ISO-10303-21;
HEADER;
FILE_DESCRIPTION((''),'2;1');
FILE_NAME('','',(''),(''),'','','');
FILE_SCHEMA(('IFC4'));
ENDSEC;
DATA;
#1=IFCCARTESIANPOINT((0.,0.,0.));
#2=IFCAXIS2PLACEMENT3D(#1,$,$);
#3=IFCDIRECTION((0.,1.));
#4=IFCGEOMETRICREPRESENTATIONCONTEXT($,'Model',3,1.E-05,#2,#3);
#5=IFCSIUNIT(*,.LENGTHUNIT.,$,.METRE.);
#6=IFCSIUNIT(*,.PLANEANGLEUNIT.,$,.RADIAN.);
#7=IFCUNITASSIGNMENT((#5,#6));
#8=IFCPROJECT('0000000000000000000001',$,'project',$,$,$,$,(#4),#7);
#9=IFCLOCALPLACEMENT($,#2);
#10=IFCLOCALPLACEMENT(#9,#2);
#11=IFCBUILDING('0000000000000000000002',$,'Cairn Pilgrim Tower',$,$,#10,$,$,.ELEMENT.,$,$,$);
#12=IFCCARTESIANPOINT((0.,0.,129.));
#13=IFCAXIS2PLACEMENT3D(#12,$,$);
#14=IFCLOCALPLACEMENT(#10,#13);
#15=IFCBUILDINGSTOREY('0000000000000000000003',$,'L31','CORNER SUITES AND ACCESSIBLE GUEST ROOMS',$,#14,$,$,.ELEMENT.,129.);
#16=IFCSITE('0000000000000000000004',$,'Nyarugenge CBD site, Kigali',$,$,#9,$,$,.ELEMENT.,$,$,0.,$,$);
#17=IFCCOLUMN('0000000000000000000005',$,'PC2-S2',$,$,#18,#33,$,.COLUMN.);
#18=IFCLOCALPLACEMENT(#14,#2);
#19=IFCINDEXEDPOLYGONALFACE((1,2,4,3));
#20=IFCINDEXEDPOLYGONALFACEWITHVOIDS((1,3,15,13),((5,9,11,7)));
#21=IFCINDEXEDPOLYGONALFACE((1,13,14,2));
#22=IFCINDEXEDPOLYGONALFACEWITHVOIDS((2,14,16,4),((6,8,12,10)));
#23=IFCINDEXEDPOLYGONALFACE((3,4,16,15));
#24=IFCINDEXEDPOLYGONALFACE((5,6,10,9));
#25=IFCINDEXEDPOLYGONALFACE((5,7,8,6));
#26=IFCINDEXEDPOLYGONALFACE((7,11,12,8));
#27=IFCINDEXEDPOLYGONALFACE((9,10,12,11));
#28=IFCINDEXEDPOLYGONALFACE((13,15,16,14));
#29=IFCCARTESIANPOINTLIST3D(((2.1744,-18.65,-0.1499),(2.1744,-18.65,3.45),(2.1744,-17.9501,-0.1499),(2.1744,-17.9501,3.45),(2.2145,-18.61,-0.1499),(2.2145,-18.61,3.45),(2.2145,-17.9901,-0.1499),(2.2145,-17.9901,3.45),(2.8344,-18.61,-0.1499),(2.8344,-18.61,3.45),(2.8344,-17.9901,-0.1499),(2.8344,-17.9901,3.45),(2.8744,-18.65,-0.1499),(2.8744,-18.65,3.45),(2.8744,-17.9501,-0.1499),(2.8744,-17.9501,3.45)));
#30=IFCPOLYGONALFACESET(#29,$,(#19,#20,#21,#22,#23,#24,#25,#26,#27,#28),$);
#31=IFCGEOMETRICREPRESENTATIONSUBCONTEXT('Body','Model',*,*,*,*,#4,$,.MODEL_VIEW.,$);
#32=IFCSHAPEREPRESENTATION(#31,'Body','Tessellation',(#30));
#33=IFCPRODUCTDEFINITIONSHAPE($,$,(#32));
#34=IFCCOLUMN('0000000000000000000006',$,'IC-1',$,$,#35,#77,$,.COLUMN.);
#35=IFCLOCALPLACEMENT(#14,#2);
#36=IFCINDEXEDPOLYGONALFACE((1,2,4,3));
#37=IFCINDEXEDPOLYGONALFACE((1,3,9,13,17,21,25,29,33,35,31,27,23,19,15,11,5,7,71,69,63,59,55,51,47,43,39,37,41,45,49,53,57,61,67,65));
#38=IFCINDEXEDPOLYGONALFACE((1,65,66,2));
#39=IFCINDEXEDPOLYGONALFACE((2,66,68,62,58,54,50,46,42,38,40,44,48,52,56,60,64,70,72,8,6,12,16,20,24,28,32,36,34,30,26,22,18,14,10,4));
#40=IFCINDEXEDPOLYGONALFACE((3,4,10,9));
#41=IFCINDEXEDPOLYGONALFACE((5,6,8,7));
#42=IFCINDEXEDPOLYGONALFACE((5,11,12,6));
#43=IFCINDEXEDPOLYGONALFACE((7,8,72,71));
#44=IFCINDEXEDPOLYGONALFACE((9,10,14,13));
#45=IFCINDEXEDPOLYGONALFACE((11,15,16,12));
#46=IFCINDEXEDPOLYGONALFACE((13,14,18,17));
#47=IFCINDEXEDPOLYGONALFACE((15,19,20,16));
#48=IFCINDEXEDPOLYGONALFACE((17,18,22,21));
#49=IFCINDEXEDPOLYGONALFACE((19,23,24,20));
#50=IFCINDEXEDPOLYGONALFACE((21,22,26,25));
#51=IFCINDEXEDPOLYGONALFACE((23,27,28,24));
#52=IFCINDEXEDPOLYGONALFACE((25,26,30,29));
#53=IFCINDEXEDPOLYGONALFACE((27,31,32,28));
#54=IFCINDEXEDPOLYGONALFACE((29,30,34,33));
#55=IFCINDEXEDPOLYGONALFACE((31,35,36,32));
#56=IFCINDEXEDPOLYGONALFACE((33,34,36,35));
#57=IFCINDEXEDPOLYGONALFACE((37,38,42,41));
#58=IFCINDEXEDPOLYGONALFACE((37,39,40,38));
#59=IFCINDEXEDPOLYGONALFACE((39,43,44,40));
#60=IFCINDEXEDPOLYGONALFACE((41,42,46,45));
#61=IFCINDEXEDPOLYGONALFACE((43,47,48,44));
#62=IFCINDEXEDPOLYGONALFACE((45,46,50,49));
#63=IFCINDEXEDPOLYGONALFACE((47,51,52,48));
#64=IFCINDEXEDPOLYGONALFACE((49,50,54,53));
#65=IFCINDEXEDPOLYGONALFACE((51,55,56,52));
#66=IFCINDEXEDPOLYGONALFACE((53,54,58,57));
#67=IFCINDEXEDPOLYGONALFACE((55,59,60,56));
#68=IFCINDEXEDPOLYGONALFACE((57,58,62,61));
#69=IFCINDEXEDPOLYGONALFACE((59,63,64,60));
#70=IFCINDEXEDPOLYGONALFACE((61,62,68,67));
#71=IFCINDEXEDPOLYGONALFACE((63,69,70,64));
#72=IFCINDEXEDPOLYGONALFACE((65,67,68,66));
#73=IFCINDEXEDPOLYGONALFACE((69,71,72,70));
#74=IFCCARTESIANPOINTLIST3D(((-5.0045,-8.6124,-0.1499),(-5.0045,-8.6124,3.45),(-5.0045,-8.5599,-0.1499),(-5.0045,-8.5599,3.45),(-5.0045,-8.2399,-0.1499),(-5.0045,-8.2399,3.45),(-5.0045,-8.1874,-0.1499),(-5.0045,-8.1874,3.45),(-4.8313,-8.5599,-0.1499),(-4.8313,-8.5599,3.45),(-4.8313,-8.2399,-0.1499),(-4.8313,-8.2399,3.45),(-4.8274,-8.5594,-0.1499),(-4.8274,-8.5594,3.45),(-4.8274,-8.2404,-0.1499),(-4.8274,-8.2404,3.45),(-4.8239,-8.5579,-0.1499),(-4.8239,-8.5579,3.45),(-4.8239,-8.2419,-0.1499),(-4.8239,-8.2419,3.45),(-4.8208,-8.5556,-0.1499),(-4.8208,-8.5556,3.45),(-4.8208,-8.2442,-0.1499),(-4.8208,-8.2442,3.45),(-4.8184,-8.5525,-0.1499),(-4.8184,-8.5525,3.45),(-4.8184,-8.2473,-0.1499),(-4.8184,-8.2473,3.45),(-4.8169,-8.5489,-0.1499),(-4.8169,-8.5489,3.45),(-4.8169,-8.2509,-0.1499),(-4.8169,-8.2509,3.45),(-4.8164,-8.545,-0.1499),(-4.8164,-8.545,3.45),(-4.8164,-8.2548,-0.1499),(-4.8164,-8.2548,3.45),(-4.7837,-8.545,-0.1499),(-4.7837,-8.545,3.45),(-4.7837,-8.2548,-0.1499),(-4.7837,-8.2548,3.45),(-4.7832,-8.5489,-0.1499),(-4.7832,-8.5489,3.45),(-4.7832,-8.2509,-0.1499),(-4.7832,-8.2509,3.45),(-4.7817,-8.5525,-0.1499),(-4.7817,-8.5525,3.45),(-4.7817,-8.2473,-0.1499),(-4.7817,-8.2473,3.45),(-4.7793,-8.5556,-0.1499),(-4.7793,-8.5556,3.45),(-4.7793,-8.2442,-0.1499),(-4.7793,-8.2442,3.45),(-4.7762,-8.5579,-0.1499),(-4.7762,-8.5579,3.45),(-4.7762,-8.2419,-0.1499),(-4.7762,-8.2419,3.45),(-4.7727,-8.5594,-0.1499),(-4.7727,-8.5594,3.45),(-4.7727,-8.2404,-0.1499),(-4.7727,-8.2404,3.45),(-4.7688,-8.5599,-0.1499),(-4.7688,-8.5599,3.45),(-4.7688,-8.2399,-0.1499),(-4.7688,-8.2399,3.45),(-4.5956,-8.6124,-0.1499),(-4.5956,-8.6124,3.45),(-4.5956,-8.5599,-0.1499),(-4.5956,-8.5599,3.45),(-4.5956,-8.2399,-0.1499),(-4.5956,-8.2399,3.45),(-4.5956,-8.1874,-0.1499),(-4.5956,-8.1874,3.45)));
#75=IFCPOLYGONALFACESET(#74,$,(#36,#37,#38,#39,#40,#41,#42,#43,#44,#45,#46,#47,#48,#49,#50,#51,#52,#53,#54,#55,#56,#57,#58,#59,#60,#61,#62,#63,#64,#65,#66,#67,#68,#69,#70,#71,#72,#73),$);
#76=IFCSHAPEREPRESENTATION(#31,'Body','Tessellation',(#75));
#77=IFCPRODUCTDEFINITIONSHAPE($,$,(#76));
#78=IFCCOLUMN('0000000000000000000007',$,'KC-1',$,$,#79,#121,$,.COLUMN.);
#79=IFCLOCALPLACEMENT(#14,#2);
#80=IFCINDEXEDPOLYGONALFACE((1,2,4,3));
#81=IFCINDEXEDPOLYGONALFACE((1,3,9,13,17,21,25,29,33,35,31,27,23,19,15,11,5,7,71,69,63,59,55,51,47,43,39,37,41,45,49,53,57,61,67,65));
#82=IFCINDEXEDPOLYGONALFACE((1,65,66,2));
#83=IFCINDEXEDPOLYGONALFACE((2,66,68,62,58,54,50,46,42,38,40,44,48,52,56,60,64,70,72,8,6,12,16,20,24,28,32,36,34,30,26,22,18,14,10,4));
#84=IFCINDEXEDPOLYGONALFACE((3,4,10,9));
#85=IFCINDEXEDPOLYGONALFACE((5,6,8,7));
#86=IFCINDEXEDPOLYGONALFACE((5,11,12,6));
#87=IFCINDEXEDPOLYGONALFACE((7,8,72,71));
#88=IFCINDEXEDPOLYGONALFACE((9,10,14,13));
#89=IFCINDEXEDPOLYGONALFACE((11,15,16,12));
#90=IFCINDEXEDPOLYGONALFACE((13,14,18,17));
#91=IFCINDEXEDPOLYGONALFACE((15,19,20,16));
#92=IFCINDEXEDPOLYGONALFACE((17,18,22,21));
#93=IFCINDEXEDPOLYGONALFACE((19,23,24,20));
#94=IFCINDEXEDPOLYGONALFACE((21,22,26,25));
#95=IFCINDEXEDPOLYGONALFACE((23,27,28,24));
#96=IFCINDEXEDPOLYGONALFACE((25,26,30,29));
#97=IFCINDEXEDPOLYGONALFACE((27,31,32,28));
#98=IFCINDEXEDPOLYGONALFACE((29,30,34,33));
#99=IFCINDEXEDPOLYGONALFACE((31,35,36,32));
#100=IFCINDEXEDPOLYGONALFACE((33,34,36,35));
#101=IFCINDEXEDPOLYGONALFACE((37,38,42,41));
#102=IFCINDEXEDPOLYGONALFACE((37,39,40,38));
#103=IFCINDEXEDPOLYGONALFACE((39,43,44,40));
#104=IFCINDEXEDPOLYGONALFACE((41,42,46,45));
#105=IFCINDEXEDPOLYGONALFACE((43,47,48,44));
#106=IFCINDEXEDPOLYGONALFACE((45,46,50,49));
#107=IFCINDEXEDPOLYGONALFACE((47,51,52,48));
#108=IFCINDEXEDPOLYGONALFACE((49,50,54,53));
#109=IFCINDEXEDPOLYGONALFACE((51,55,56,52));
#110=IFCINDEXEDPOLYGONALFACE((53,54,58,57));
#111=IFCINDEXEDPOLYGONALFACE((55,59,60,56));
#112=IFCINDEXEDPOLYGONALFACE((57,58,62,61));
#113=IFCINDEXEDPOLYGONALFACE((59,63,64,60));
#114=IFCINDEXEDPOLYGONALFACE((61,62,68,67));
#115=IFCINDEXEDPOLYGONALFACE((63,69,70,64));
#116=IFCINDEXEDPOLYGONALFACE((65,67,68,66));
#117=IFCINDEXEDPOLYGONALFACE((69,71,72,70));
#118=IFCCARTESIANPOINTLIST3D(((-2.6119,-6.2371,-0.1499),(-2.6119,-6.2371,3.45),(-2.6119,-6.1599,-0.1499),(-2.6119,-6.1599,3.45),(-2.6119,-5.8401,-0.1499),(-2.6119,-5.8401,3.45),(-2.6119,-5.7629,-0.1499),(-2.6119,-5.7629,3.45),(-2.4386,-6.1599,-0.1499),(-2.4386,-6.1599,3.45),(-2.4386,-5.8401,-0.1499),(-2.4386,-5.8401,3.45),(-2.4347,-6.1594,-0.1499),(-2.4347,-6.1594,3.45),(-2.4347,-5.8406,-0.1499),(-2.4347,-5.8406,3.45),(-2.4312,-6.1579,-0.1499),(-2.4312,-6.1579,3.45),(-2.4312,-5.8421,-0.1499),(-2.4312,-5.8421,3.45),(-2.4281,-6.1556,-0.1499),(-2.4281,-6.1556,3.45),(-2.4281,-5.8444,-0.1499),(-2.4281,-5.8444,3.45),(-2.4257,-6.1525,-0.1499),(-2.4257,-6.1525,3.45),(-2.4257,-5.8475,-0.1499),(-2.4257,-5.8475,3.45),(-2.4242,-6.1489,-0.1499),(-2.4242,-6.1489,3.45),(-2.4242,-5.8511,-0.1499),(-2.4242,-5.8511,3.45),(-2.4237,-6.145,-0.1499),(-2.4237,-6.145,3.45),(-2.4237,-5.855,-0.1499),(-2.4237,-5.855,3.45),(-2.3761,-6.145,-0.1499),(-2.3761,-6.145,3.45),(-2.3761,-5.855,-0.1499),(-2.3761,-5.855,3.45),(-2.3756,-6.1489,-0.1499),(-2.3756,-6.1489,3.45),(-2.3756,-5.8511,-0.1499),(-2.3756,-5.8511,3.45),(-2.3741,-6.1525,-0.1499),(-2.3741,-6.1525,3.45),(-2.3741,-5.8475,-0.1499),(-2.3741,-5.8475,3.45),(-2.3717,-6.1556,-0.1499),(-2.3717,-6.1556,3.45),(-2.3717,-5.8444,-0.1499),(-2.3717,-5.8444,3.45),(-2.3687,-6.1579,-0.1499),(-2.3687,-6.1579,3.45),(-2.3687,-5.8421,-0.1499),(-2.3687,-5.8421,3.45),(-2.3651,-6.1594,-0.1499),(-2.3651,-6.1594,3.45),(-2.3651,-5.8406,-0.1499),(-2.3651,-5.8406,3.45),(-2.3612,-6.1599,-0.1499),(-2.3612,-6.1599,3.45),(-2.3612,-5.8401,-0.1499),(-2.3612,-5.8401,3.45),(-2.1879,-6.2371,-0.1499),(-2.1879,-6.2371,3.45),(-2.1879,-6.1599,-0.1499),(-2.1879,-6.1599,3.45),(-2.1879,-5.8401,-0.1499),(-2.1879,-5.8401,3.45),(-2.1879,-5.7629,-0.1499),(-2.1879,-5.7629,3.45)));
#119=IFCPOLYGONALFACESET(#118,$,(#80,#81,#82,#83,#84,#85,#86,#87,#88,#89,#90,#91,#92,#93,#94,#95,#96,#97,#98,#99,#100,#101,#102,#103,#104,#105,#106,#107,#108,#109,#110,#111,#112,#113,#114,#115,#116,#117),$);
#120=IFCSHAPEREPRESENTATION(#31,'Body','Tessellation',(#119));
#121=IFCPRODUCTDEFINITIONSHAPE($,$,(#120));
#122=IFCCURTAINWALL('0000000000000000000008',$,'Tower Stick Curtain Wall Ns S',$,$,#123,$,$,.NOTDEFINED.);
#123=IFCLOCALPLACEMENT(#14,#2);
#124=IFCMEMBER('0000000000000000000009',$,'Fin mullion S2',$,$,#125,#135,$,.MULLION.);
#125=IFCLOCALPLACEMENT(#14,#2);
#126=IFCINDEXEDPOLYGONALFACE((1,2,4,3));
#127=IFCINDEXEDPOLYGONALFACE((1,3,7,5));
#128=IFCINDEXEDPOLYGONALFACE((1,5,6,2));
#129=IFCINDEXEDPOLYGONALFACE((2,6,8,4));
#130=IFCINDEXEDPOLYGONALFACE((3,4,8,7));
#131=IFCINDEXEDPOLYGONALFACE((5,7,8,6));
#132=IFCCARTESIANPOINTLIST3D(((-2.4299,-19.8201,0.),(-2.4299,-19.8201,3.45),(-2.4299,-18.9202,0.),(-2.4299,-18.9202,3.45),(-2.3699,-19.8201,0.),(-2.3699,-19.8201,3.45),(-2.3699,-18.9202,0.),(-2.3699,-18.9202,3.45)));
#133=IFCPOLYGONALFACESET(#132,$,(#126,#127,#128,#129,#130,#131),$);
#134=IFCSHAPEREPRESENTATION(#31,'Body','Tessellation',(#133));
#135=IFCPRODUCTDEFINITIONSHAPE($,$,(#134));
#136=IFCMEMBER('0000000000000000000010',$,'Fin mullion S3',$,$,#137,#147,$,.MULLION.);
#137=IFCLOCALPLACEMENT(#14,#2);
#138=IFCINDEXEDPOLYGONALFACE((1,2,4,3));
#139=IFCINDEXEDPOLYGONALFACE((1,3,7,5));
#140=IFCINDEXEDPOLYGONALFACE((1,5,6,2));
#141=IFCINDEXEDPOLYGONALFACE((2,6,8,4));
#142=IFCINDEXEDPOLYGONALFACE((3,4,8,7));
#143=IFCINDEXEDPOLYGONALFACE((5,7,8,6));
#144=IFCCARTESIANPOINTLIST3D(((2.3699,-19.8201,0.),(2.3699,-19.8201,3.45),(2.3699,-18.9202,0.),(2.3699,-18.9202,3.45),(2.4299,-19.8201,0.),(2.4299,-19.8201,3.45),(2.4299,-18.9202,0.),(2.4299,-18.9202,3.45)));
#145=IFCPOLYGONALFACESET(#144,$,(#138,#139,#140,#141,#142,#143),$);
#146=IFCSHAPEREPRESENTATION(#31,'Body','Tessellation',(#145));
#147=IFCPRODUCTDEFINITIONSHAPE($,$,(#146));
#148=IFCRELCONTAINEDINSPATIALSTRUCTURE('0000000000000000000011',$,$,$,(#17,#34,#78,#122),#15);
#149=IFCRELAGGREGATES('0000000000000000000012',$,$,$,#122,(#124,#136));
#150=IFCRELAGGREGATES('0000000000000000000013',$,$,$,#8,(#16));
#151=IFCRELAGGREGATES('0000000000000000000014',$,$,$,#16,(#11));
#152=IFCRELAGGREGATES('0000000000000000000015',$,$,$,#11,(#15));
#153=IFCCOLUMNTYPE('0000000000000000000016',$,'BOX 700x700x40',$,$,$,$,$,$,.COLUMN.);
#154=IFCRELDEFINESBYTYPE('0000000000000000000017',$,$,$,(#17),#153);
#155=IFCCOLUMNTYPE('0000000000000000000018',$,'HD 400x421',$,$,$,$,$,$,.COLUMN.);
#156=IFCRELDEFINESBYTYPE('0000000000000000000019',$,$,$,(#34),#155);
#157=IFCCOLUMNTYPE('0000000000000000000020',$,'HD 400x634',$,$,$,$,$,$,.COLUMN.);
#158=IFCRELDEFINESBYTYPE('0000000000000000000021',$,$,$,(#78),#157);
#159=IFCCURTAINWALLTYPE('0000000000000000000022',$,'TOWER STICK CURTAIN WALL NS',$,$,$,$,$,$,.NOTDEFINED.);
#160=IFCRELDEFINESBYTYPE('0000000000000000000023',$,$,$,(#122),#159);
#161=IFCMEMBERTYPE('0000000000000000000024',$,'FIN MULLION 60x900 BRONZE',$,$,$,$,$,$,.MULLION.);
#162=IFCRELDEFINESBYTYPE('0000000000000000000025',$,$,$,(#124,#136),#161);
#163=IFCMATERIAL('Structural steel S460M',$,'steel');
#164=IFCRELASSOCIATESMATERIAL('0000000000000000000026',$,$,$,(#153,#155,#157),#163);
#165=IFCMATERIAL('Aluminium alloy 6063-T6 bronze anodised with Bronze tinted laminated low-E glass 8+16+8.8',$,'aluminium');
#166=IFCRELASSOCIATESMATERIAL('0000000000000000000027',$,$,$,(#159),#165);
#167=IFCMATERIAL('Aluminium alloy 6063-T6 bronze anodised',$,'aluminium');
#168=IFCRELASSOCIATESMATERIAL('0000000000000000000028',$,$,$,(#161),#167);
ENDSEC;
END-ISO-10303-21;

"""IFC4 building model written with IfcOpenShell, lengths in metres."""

from ifc_helpers import new_model, si_unit, direction, frame, origin, origin_2d, place, context, subcontext, project, spatial, rectangle, hollow_rectangle, i_section, extrude, material, material_profile, profile_set, type_object, element, aggregate, save


model = new_model("IFC4")

# Units and contexts
model_context = context("Model", 3, precision=1e-05, world=origin(), true_north=direction((0.0, 1.0)))
body_context = subcontext(model_context, "Body", "Model", "MODEL_VIEW")
ifc_project = project(units=[si_unit("LENGTHUNIT", "METRE"), si_unit("PLANEANGLEUNIT", "RADIAN")], contexts=[model_context])

# Site, building, storey
site_placement = place(None, origin())
site = spatial("IfcSite", under=ifc_project, at=site_placement, Name="Nyarugenge CBD site, Kigali", CompositionType="ELEMENT", RefElevation=0.0)
building_placement = place(site_placement, origin())
building = spatial("IfcBuilding", under=site, at=building_placement, Name="Cairn Pilgrim Tower", CompositionType="ELEMENT")
storey_placement = place(building_placement, frame((0.0, 0.0, 129.0)))
storey = spatial("IfcBuildingStorey", under=building, at=storey_placement, Name="L31", Description="CORNER SUITES AND ACCESSIBLE GUEST ROOMS", CompositionType="ELEMENT", Elevation=129.0)

# Columns
ifc_material_1 = material(Name="Structural steel S460M", Category="steel")
ifc_material_profile_1 = material_profile(ifc_material_1, hollow_rectangle(XDim=0.7, YDim=0.7, WallThickness=0.04, at=origin_2d()), Name="BOX 700x700x40")
ifc_profile_set_1 = profile_set([ifc_material_profile_1], Name="Structural steel S460M")
column_type_1 = type_object("IfcColumnType", Name="BOX 700x700x40", PredefinedType="COLUMN", material=ifc_profile_set_1)
column_1_placement = place(storey_placement, frame((2.5244, -18.3, -0.1499), z_axis=(0.0, 0.0, 1.0), x_axis=(1.0, 0.0, 0.0)))
element("IfcColumn", 1, at=column_1_placement, inside=storey, type_object=column_type_1, Name="PC2-S2", PredefinedType="COLUMN", context=body_context, shape_type="SweptSolid", body=[
    extrude(hollow_rectangle(XDim=0.7, YDim=0.7, WallThickness=0.04, at=origin_2d()), origin(), (0.0, 0.0, 1.0), 3.5999),
])
ifc_material_profile_2 = material_profile(ifc_material_1, i_section(OverallWidth=0.4089, OverallDepth=0.425, WebThickness=0.0327, FlangeThickness=0.0525, FilletRadius=0.0149, at=origin_2d()), Name="HD 400x421")
ifc_profile_set_2 = profile_set([ifc_material_profile_2], Name="Structural steel S460M")
column_type_2 = type_object("IfcColumnType", Name="HD 400x421", PredefinedType="COLUMN", material=ifc_profile_set_2)
column_2_placement = place(storey_placement, frame((-4.8, -8.3999, -0.1499), z_axis=(0.0, 0.0, 1.0), x_axis=(1.0, 0.0, 0.0)))
element("IfcColumn", 2, at=column_2_placement, inside=storey, type_object=column_type_2, Name="IC-1", PredefinedType="COLUMN", context=body_context, shape_type="SweptSolid", body=[
    extrude(i_section(OverallWidth=0.4089, OverallDepth=0.425, WebThickness=0.0327, FlangeThickness=0.0525, FilletRadius=0.0149, at=origin_2d()), origin(), (0.0, 0.0, 1.0), 3.5999),
])
ifc_material_profile_3 = material_profile(ifc_material_1, i_section(OverallWidth=0.4241, OverallDepth=0.4741, WebThickness=0.0476, FlangeThickness=0.0771, FilletRadius=0.0149, at=origin_2d()), Name="HD 400x634")
ifc_profile_set_3 = profile_set([ifc_material_profile_3], Name="Structural steel S460M")
column_type_3 = type_object("IfcColumnType", Name="HD 400x634", PredefinedType="COLUMN", material=ifc_profile_set_3)
column_3_placement = place(storey_placement, frame((-2.3999, -6.0, -0.1499), z_axis=(0.0, 0.0, 1.0), x_axis=(1.0, 0.0, 0.0)))
element("IfcColumn", 3, at=column_3_placement, inside=storey, type_object=column_type_3, Name="KC-1", PredefinedType="COLUMN", context=body_context, shape_type="SweptSolid", body=[
    extrude(i_section(OverallWidth=0.4241, OverallDepth=0.4741, WebThickness=0.0476, FlangeThickness=0.0771, FilletRadius=0.0149, at=origin_2d()), origin(), (0.0, 0.0, 1.0), 3.5999),
])

# Curtain wall, members
ifc_material_2 = material(Name="Aluminium alloy 6063-T6 bronze anodised with Bronze tinted laminated low-E glass 8+16+8.8", Category="aluminium")
curtain_wall_type = type_object("IfcCurtainWallType", Name="TOWER STICK CURTAIN WALL NS", PredefinedType="NOTDEFINED", material=ifc_material_2)
curtain_wall_placement = place(storey_placement, origin())
curtain_wall = element("IfcCurtainWall", 4, at=curtain_wall_placement, inside=storey, type_object=curtain_wall_type, Name="Tower Stick Curtain Wall Ns S", PredefinedType="NOTDEFINED")
ifc_material_3 = material(Name="Aluminium alloy 6063-T6 bronze anodised", Category="aluminium")
ifc_material_profile_4 = material_profile(ifc_material_3, rectangle(XDim=0.8999, YDim=0.0601, at=origin_2d()), Name="FIN MULLION 60x900 BRONZE")
ifc_profile_set_4 = profile_set([ifc_material_profile_4], Name="Aluminium alloy 6063-T6 bronze anodised")
member_type_1 = type_object("IfcMemberType", Name="FIN MULLION 60x900 BRONZE", PredefinedType="MULLION", material=ifc_profile_set_4)
member_1_placement = place(storey_placement, frame((-2.3999, -19.3701, 0.0), z_axis=(0.0, 0.0, 1.0), x_axis=(0.0, -1.0, 0.0)))
member_1 = element("IfcMember", 5, at=member_1_placement, type_object=member_type_1, Name="Fin mullion S2", PredefinedType="MULLION", context=body_context, shape_type="SweptSolid", body=[
    extrude(rectangle(XDim=0.8999, YDim=0.0601, at=origin_2d()), origin(), (0.0, 0.0, 1.0), 3.45),
])
member_2_placement = place(storey_placement, frame((2.3999, -19.3701, 0.0), z_axis=(0.0, 0.0, 1.0), x_axis=(0.0, -1.0, 0.0)))
member_2 = element("IfcMember", 6, at=member_2_placement, type_object=member_type_1, Name="Fin mullion S3", PredefinedType="MULLION", context=body_context, shape_type="SweptSolid", body=[
    extrude(rectangle(XDim=0.8999, YDim=0.0601, at=origin_2d()), origin(), (0.0, 0.0, 1.0), 3.45),
])

aggregate(curtain_wall, [member_1, member_2])

save(model, "model.ifc")
